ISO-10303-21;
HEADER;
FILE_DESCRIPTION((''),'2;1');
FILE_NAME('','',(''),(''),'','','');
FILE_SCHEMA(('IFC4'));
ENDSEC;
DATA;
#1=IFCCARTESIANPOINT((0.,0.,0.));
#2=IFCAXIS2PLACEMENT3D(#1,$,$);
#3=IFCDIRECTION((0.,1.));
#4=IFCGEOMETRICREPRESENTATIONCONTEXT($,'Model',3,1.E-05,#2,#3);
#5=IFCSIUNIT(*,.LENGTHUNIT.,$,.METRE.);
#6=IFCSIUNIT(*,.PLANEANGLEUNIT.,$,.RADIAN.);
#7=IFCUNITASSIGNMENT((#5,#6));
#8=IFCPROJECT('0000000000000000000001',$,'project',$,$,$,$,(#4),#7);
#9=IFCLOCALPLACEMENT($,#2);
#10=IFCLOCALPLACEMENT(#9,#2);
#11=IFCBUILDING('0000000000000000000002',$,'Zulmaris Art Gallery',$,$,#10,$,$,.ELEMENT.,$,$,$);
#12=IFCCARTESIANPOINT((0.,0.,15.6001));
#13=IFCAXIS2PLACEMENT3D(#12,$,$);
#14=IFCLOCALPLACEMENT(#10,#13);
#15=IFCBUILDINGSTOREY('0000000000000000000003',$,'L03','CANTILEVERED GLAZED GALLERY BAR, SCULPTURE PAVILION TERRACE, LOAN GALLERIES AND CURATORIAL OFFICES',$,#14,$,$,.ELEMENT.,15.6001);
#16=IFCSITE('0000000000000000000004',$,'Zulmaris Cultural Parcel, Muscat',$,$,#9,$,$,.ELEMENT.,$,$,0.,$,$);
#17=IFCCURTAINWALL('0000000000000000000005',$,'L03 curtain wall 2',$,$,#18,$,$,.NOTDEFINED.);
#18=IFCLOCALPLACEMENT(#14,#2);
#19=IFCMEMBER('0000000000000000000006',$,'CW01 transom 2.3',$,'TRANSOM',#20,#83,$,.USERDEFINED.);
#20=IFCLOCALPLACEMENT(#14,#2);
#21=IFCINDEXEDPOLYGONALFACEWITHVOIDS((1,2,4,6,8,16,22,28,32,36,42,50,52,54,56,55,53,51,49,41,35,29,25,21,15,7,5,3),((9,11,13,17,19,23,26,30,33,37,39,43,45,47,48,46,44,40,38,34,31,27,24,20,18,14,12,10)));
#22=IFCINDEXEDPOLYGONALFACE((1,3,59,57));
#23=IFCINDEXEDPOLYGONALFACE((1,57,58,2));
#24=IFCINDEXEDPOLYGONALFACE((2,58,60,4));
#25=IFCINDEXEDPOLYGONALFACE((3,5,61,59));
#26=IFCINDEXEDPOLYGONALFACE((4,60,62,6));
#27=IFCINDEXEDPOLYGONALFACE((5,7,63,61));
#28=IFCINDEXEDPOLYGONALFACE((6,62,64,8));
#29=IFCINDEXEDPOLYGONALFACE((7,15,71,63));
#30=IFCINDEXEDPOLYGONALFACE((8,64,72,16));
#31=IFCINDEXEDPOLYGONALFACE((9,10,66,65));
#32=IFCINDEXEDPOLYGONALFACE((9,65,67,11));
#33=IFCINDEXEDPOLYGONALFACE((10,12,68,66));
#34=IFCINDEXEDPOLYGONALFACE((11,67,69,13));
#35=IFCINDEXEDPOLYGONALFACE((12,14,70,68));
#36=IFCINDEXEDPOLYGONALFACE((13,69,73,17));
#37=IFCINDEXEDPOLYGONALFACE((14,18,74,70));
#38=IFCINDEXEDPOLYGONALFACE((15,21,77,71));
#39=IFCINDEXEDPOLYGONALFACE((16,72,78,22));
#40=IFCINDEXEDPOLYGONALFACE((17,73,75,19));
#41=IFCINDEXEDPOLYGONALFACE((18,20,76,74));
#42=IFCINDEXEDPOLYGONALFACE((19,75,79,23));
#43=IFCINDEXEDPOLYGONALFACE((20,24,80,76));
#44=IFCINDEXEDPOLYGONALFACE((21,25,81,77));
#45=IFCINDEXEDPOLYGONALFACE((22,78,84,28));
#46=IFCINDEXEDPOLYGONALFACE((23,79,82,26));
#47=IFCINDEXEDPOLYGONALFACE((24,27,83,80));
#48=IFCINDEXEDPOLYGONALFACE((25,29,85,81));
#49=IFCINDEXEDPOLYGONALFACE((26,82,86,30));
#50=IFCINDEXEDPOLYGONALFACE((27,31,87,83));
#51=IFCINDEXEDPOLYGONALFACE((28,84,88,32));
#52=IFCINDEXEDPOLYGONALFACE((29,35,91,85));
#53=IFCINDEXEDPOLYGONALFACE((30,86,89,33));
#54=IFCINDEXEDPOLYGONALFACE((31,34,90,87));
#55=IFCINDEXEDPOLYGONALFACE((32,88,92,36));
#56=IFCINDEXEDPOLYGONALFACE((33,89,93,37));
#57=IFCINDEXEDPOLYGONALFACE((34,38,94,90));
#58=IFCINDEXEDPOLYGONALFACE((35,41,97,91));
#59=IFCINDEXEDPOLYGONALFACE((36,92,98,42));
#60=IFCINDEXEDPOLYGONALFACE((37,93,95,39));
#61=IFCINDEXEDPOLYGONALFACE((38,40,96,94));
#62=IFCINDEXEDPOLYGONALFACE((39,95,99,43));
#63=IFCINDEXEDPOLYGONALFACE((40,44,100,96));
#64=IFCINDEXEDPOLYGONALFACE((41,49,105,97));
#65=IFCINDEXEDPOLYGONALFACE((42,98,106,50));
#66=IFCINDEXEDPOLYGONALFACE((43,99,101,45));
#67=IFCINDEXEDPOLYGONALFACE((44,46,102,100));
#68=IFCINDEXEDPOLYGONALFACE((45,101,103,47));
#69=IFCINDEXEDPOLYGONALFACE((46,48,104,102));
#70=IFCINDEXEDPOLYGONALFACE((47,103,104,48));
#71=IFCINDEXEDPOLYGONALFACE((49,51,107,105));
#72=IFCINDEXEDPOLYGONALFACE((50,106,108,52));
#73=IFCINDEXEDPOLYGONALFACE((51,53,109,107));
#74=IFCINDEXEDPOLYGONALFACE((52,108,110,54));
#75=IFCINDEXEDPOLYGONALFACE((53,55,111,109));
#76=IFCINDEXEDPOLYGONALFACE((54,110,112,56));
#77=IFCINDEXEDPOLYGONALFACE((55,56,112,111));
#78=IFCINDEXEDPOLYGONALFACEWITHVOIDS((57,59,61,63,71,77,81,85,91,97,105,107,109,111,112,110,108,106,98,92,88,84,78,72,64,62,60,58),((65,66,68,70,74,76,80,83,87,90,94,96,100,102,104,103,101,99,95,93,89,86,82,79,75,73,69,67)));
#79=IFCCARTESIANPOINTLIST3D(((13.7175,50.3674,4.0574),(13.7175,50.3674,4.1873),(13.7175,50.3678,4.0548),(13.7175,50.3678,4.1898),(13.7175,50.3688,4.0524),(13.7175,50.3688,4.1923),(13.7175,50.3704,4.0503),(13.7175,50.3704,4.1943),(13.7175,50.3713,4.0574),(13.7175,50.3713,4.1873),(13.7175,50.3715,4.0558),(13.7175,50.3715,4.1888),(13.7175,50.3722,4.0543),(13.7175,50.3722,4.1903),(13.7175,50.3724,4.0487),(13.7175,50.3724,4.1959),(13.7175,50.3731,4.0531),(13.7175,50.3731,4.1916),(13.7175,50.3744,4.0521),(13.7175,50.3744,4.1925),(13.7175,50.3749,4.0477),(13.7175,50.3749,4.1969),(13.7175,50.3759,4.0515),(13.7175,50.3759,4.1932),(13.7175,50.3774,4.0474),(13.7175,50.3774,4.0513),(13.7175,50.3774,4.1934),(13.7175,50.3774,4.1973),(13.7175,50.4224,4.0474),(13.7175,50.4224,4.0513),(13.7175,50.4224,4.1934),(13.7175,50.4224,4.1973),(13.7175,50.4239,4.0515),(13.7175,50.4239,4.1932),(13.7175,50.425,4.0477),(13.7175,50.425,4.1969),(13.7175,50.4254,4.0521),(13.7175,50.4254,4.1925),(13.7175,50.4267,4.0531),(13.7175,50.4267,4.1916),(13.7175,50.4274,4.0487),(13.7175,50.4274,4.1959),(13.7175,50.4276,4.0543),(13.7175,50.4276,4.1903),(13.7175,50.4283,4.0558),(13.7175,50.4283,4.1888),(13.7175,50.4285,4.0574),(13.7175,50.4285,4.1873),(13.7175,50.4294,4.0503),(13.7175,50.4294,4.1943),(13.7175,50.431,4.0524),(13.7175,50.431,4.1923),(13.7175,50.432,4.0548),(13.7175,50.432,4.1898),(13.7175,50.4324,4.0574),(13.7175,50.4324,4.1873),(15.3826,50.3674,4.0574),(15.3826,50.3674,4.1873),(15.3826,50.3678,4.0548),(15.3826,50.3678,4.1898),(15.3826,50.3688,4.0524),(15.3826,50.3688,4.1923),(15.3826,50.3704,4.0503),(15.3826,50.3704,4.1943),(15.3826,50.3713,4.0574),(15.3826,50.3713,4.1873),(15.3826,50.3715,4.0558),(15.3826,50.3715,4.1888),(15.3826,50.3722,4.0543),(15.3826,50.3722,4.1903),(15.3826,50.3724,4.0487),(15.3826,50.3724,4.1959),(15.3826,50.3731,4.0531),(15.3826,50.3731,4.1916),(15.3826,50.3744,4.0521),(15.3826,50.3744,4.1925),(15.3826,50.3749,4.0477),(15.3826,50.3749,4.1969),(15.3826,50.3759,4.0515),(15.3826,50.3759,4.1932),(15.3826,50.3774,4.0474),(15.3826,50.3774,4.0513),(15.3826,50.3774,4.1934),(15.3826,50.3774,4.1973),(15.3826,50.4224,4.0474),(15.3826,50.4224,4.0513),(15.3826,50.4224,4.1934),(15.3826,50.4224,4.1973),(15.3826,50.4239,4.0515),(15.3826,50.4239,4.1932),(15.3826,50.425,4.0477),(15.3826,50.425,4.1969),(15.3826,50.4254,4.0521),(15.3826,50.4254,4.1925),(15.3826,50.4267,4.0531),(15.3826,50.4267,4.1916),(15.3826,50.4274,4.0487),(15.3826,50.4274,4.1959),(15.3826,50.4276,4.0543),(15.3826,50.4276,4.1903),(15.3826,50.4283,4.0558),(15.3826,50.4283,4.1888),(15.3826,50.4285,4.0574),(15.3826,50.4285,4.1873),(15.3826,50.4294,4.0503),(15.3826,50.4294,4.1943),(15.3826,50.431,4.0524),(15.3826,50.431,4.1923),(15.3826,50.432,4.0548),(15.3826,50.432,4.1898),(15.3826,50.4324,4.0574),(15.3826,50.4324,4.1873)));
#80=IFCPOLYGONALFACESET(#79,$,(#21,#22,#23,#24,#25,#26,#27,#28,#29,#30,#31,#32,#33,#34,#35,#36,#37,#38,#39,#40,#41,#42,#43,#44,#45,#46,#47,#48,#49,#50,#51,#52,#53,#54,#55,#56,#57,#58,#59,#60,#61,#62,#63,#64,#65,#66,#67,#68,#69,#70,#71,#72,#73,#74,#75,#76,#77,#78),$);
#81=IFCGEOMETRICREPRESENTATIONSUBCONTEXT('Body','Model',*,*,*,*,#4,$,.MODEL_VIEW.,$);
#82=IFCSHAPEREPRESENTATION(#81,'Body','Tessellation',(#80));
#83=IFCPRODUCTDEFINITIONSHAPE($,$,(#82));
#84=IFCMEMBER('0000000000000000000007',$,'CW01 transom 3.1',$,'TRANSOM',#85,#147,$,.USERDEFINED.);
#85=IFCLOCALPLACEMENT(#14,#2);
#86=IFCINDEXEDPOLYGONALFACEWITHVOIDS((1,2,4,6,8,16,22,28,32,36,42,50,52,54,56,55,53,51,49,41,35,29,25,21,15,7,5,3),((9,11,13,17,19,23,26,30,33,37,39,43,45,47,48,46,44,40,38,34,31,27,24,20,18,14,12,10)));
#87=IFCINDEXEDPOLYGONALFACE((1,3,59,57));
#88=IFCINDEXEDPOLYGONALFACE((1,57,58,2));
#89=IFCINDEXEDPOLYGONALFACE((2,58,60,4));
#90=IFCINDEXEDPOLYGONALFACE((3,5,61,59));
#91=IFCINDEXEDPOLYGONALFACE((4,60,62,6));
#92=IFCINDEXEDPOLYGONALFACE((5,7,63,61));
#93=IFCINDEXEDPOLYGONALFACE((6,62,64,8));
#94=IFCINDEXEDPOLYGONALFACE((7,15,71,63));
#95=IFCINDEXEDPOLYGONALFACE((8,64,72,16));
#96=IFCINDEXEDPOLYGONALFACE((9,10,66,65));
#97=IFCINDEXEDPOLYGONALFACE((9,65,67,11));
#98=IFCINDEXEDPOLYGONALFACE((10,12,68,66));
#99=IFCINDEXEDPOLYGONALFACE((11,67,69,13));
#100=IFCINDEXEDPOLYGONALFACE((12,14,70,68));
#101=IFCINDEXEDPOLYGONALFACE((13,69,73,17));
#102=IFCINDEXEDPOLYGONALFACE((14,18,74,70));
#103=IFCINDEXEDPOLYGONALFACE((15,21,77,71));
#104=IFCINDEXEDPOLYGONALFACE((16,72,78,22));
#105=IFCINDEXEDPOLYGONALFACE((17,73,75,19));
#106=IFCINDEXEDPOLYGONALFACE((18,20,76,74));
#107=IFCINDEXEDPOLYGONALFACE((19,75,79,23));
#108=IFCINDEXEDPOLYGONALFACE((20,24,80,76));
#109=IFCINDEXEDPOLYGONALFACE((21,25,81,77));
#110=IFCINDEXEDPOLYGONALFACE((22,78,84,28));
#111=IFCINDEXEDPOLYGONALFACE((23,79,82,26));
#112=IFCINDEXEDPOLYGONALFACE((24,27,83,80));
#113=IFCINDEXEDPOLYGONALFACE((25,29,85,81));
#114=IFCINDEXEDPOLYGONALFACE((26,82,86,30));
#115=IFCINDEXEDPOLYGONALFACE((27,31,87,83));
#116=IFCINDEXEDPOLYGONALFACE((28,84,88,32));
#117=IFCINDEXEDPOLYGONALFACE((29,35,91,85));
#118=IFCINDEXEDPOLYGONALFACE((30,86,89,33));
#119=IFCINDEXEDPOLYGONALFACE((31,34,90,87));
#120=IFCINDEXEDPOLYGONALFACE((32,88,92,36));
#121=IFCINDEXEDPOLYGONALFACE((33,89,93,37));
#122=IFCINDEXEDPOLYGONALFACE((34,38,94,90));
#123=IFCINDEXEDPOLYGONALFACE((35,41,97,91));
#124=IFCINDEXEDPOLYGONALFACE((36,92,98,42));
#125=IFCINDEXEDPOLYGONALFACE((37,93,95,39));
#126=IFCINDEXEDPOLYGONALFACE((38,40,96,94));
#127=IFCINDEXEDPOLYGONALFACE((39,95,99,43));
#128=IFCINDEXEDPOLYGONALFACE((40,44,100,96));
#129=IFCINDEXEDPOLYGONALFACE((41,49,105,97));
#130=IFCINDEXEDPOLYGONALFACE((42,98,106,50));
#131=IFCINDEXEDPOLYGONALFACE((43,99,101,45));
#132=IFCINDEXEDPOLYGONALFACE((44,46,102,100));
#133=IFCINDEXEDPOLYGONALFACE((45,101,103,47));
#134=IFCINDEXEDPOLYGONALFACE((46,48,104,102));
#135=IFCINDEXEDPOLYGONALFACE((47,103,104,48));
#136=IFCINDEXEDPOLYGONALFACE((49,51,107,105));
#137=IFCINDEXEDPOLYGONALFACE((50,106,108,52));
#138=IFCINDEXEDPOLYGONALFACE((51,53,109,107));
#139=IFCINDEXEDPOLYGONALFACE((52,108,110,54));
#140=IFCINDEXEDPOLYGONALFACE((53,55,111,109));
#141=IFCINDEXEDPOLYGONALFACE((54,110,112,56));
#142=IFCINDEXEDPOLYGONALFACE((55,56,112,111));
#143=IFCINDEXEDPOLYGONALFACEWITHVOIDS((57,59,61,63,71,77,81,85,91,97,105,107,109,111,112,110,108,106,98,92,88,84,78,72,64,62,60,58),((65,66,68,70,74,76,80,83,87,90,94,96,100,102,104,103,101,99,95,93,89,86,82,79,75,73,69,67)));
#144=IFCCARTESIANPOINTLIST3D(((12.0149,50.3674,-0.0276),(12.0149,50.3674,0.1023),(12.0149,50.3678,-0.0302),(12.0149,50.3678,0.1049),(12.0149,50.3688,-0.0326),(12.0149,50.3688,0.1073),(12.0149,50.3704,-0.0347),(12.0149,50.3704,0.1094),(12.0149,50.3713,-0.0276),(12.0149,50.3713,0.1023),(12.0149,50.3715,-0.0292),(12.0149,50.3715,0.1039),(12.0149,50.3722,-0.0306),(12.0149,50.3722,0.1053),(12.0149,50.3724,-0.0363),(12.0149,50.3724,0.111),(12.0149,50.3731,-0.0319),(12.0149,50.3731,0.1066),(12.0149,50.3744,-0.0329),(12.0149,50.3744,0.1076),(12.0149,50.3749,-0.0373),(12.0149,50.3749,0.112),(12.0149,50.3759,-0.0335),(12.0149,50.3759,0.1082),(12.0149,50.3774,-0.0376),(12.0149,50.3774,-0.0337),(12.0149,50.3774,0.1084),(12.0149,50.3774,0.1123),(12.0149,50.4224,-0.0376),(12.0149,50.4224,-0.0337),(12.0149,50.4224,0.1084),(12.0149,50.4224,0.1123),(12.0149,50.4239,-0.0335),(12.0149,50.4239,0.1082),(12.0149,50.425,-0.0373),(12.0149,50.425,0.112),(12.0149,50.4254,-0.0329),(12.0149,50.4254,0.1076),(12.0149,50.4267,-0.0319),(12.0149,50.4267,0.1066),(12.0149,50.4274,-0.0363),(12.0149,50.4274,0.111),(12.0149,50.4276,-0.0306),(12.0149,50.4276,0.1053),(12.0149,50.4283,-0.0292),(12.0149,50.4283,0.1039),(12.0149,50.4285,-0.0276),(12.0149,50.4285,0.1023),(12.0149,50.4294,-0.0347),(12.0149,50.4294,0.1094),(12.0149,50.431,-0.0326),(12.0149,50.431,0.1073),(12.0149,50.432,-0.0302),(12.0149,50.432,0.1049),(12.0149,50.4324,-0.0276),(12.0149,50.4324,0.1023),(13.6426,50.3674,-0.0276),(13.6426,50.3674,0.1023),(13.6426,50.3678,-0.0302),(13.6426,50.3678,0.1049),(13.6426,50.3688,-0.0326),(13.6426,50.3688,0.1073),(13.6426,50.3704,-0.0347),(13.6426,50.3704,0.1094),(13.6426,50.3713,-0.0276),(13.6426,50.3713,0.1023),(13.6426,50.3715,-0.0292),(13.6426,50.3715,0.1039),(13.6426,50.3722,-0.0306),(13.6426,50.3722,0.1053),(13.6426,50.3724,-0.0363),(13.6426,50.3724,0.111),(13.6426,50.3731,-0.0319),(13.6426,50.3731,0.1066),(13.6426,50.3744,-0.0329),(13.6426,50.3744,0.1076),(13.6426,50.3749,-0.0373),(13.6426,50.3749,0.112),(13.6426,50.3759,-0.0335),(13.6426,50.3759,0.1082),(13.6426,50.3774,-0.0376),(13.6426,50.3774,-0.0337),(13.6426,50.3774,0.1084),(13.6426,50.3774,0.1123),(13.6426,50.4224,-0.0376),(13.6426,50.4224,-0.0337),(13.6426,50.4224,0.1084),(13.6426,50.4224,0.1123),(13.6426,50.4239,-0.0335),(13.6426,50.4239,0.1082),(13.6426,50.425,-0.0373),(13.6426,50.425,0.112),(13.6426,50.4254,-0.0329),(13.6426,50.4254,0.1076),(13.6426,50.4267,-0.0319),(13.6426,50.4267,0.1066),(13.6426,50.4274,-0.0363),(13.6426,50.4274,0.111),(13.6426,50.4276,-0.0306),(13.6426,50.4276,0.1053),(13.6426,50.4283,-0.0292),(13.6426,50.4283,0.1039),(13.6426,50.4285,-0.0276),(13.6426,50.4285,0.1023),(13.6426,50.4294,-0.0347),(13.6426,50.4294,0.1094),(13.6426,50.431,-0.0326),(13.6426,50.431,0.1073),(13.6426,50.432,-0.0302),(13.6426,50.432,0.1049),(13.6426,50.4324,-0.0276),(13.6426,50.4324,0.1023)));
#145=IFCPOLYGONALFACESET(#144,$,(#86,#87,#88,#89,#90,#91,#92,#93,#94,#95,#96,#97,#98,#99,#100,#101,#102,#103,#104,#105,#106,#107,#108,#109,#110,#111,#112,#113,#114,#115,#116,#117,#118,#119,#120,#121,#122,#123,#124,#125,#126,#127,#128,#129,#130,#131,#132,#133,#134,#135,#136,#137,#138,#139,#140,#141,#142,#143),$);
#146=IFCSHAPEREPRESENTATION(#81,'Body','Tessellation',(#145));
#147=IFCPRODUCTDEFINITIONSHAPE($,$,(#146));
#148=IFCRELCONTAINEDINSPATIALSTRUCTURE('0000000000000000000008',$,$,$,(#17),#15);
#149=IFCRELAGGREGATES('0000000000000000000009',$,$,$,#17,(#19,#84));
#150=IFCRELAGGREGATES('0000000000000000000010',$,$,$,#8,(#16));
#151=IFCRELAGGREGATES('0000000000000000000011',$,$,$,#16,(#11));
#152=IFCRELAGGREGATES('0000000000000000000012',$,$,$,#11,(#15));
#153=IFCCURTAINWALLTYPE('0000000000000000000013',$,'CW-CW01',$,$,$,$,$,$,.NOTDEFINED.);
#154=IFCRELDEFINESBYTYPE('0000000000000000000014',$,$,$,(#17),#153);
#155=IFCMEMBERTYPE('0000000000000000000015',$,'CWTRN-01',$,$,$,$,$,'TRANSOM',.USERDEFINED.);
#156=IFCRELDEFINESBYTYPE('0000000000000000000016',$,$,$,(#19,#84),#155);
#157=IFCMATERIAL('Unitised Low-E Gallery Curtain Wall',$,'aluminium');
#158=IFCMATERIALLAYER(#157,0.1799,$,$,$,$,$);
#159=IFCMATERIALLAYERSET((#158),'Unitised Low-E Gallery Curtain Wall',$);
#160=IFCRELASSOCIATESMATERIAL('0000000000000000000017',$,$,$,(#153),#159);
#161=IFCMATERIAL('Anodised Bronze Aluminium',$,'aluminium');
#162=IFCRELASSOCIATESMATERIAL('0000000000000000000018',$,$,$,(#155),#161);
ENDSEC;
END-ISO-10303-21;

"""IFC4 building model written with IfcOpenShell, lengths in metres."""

from ifc_helpers import new_model, si_unit, direction, frame, origin, origin_2d, place, context, subcontext, project, spatial, hollow_rectangle, extrude, material, layer, layer_set, material_profile, profile_set, type_object, element, aggregate, save


model = new_model("IFC4")

# Units and contexts
model_context = context("Model", 3, precision=1e-05, world=origin(), true_north=direction((0.0, 1.0)))
body_context = subcontext(model_context, "Body", "Model", "MODEL_VIEW")
ifc_project = project(units=[si_unit("LENGTHUNIT", "METRE"), si_unit("PLANEANGLEUNIT", "RADIAN")], contexts=[model_context])

# Site, building, storey
site_placement = place(None, origin())
site = spatial("IfcSite", under=ifc_project, at=site_placement, Name="Zulmaris Cultural Parcel, Muscat", CompositionType="ELEMENT", RefElevation=0.0)
building_placement = place(site_placement, origin())
building = spatial("IfcBuilding", under=site, at=building_placement, Name="Zulmaris Art Gallery", CompositionType="ELEMENT")
storey_placement = place(building_placement, frame((0.0, 0.0, 15.6001)))
storey = spatial("IfcBuildingStorey", under=building, at=storey_placement, Name="L03", Description="CANTILEVERED GLAZED GALLERY BAR, SCULPTURE PAVILION TERRACE, LOAN GALLERIES AND CURATORIAL OFFICES", CompositionType="ELEMENT", Elevation=15.6001)

# Curtain wall
ifc_material_1 = material(Name="Unitised Low-E Gallery Curtain Wall", Category="aluminium")
ifc_layer_1 = layer(ifc_material_1, 0.1799)
ifc_layer_set_1 = layer_set([ifc_layer_1], Name="Unitised Low-E Gallery Curtain Wall")
curtain_wall_type = type_object("IfcCurtainWallType", Name="CW-CW01", PredefinedType="NOTDEFINED", material=ifc_layer_set_1)
curtain_wall_1_placement = place(storey_placement, origin())
curtain_wall_1 = element("IfcCurtainWall", 1, at=curtain_wall_1_placement, inside=storey, type_object=curtain_wall_type, Name="L03 curtain wall 2", PredefinedType="NOTDEFINED")
ifc_material_2 = material(Name="Anodised Bronze Aluminium", Category="aluminium")

# Members
ifc_material_profile_1 = material_profile(ifc_material_2, hollow_rectangle(XDim=0.0649, YDim=0.1499, WallThickness=0.0039, InnerFilletRadius=0.0061, OuterFilletRadius=0.01, at=origin_2d()), Name="ALU 65x150x4")
ifc_profile_set_1 = profile_set([ifc_material_profile_1], Name="Anodised Bronze Aluminium")
member_type_1 = type_object("IfcMemberType", Name="CWTRN-01", ElementType="TRANSOM", PredefinedType="USERDEFINED", material=ifc_profile_set_1)
member_1_placement = place(storey_placement, frame((15.3826, 50.3999, 4.1223), z_axis=(-1.0, 0.0, 0.0), x_axis=(0.0, -1.0, 0.0)))
member_1 = element("IfcMember", 2, at=member_1_placement, type_object=member_type_1, Name="CW01 transom 2.3", ObjectType="TRANSOM", PredefinedType="USERDEFINED", context=body_context, shape_type="SweptSolid", body=[
    extrude(hollow_rectangle(XDim=0.0649, YDim=0.1499, WallThickness=0.0039, InnerFilletRadius=0.0061, OuterFilletRadius=0.01, at=origin_2d()), origin(), (0.0, 0.0, 1.0), 1.665),
])
member_2_placement = place(storey_placement, frame((13.6426, 50.3999, 0.0374), z_axis=(-1.0, 0.0, 0.0), x_axis=(0.0, -1.0, 0.0)))
member_2 = element("IfcMember", 3, at=member_2_placement, type_object=member_type_1, Name="CW01 transom 3.1", ObjectType="TRANSOM", PredefinedType="USERDEFINED", context=body_context, shape_type="SweptSolid", body=[
    extrude(hollow_rectangle(XDim=0.0649, YDim=0.1499, WallThickness=0.0039, InnerFilletRadius=0.0061, OuterFilletRadius=0.01, at=origin_2d()), origin(), (0.0, 0.0, 1.0), 1.6277),
])

aggregate(curtain_wall_1, [member_1, member_2])

save(model, "model.ifc")
